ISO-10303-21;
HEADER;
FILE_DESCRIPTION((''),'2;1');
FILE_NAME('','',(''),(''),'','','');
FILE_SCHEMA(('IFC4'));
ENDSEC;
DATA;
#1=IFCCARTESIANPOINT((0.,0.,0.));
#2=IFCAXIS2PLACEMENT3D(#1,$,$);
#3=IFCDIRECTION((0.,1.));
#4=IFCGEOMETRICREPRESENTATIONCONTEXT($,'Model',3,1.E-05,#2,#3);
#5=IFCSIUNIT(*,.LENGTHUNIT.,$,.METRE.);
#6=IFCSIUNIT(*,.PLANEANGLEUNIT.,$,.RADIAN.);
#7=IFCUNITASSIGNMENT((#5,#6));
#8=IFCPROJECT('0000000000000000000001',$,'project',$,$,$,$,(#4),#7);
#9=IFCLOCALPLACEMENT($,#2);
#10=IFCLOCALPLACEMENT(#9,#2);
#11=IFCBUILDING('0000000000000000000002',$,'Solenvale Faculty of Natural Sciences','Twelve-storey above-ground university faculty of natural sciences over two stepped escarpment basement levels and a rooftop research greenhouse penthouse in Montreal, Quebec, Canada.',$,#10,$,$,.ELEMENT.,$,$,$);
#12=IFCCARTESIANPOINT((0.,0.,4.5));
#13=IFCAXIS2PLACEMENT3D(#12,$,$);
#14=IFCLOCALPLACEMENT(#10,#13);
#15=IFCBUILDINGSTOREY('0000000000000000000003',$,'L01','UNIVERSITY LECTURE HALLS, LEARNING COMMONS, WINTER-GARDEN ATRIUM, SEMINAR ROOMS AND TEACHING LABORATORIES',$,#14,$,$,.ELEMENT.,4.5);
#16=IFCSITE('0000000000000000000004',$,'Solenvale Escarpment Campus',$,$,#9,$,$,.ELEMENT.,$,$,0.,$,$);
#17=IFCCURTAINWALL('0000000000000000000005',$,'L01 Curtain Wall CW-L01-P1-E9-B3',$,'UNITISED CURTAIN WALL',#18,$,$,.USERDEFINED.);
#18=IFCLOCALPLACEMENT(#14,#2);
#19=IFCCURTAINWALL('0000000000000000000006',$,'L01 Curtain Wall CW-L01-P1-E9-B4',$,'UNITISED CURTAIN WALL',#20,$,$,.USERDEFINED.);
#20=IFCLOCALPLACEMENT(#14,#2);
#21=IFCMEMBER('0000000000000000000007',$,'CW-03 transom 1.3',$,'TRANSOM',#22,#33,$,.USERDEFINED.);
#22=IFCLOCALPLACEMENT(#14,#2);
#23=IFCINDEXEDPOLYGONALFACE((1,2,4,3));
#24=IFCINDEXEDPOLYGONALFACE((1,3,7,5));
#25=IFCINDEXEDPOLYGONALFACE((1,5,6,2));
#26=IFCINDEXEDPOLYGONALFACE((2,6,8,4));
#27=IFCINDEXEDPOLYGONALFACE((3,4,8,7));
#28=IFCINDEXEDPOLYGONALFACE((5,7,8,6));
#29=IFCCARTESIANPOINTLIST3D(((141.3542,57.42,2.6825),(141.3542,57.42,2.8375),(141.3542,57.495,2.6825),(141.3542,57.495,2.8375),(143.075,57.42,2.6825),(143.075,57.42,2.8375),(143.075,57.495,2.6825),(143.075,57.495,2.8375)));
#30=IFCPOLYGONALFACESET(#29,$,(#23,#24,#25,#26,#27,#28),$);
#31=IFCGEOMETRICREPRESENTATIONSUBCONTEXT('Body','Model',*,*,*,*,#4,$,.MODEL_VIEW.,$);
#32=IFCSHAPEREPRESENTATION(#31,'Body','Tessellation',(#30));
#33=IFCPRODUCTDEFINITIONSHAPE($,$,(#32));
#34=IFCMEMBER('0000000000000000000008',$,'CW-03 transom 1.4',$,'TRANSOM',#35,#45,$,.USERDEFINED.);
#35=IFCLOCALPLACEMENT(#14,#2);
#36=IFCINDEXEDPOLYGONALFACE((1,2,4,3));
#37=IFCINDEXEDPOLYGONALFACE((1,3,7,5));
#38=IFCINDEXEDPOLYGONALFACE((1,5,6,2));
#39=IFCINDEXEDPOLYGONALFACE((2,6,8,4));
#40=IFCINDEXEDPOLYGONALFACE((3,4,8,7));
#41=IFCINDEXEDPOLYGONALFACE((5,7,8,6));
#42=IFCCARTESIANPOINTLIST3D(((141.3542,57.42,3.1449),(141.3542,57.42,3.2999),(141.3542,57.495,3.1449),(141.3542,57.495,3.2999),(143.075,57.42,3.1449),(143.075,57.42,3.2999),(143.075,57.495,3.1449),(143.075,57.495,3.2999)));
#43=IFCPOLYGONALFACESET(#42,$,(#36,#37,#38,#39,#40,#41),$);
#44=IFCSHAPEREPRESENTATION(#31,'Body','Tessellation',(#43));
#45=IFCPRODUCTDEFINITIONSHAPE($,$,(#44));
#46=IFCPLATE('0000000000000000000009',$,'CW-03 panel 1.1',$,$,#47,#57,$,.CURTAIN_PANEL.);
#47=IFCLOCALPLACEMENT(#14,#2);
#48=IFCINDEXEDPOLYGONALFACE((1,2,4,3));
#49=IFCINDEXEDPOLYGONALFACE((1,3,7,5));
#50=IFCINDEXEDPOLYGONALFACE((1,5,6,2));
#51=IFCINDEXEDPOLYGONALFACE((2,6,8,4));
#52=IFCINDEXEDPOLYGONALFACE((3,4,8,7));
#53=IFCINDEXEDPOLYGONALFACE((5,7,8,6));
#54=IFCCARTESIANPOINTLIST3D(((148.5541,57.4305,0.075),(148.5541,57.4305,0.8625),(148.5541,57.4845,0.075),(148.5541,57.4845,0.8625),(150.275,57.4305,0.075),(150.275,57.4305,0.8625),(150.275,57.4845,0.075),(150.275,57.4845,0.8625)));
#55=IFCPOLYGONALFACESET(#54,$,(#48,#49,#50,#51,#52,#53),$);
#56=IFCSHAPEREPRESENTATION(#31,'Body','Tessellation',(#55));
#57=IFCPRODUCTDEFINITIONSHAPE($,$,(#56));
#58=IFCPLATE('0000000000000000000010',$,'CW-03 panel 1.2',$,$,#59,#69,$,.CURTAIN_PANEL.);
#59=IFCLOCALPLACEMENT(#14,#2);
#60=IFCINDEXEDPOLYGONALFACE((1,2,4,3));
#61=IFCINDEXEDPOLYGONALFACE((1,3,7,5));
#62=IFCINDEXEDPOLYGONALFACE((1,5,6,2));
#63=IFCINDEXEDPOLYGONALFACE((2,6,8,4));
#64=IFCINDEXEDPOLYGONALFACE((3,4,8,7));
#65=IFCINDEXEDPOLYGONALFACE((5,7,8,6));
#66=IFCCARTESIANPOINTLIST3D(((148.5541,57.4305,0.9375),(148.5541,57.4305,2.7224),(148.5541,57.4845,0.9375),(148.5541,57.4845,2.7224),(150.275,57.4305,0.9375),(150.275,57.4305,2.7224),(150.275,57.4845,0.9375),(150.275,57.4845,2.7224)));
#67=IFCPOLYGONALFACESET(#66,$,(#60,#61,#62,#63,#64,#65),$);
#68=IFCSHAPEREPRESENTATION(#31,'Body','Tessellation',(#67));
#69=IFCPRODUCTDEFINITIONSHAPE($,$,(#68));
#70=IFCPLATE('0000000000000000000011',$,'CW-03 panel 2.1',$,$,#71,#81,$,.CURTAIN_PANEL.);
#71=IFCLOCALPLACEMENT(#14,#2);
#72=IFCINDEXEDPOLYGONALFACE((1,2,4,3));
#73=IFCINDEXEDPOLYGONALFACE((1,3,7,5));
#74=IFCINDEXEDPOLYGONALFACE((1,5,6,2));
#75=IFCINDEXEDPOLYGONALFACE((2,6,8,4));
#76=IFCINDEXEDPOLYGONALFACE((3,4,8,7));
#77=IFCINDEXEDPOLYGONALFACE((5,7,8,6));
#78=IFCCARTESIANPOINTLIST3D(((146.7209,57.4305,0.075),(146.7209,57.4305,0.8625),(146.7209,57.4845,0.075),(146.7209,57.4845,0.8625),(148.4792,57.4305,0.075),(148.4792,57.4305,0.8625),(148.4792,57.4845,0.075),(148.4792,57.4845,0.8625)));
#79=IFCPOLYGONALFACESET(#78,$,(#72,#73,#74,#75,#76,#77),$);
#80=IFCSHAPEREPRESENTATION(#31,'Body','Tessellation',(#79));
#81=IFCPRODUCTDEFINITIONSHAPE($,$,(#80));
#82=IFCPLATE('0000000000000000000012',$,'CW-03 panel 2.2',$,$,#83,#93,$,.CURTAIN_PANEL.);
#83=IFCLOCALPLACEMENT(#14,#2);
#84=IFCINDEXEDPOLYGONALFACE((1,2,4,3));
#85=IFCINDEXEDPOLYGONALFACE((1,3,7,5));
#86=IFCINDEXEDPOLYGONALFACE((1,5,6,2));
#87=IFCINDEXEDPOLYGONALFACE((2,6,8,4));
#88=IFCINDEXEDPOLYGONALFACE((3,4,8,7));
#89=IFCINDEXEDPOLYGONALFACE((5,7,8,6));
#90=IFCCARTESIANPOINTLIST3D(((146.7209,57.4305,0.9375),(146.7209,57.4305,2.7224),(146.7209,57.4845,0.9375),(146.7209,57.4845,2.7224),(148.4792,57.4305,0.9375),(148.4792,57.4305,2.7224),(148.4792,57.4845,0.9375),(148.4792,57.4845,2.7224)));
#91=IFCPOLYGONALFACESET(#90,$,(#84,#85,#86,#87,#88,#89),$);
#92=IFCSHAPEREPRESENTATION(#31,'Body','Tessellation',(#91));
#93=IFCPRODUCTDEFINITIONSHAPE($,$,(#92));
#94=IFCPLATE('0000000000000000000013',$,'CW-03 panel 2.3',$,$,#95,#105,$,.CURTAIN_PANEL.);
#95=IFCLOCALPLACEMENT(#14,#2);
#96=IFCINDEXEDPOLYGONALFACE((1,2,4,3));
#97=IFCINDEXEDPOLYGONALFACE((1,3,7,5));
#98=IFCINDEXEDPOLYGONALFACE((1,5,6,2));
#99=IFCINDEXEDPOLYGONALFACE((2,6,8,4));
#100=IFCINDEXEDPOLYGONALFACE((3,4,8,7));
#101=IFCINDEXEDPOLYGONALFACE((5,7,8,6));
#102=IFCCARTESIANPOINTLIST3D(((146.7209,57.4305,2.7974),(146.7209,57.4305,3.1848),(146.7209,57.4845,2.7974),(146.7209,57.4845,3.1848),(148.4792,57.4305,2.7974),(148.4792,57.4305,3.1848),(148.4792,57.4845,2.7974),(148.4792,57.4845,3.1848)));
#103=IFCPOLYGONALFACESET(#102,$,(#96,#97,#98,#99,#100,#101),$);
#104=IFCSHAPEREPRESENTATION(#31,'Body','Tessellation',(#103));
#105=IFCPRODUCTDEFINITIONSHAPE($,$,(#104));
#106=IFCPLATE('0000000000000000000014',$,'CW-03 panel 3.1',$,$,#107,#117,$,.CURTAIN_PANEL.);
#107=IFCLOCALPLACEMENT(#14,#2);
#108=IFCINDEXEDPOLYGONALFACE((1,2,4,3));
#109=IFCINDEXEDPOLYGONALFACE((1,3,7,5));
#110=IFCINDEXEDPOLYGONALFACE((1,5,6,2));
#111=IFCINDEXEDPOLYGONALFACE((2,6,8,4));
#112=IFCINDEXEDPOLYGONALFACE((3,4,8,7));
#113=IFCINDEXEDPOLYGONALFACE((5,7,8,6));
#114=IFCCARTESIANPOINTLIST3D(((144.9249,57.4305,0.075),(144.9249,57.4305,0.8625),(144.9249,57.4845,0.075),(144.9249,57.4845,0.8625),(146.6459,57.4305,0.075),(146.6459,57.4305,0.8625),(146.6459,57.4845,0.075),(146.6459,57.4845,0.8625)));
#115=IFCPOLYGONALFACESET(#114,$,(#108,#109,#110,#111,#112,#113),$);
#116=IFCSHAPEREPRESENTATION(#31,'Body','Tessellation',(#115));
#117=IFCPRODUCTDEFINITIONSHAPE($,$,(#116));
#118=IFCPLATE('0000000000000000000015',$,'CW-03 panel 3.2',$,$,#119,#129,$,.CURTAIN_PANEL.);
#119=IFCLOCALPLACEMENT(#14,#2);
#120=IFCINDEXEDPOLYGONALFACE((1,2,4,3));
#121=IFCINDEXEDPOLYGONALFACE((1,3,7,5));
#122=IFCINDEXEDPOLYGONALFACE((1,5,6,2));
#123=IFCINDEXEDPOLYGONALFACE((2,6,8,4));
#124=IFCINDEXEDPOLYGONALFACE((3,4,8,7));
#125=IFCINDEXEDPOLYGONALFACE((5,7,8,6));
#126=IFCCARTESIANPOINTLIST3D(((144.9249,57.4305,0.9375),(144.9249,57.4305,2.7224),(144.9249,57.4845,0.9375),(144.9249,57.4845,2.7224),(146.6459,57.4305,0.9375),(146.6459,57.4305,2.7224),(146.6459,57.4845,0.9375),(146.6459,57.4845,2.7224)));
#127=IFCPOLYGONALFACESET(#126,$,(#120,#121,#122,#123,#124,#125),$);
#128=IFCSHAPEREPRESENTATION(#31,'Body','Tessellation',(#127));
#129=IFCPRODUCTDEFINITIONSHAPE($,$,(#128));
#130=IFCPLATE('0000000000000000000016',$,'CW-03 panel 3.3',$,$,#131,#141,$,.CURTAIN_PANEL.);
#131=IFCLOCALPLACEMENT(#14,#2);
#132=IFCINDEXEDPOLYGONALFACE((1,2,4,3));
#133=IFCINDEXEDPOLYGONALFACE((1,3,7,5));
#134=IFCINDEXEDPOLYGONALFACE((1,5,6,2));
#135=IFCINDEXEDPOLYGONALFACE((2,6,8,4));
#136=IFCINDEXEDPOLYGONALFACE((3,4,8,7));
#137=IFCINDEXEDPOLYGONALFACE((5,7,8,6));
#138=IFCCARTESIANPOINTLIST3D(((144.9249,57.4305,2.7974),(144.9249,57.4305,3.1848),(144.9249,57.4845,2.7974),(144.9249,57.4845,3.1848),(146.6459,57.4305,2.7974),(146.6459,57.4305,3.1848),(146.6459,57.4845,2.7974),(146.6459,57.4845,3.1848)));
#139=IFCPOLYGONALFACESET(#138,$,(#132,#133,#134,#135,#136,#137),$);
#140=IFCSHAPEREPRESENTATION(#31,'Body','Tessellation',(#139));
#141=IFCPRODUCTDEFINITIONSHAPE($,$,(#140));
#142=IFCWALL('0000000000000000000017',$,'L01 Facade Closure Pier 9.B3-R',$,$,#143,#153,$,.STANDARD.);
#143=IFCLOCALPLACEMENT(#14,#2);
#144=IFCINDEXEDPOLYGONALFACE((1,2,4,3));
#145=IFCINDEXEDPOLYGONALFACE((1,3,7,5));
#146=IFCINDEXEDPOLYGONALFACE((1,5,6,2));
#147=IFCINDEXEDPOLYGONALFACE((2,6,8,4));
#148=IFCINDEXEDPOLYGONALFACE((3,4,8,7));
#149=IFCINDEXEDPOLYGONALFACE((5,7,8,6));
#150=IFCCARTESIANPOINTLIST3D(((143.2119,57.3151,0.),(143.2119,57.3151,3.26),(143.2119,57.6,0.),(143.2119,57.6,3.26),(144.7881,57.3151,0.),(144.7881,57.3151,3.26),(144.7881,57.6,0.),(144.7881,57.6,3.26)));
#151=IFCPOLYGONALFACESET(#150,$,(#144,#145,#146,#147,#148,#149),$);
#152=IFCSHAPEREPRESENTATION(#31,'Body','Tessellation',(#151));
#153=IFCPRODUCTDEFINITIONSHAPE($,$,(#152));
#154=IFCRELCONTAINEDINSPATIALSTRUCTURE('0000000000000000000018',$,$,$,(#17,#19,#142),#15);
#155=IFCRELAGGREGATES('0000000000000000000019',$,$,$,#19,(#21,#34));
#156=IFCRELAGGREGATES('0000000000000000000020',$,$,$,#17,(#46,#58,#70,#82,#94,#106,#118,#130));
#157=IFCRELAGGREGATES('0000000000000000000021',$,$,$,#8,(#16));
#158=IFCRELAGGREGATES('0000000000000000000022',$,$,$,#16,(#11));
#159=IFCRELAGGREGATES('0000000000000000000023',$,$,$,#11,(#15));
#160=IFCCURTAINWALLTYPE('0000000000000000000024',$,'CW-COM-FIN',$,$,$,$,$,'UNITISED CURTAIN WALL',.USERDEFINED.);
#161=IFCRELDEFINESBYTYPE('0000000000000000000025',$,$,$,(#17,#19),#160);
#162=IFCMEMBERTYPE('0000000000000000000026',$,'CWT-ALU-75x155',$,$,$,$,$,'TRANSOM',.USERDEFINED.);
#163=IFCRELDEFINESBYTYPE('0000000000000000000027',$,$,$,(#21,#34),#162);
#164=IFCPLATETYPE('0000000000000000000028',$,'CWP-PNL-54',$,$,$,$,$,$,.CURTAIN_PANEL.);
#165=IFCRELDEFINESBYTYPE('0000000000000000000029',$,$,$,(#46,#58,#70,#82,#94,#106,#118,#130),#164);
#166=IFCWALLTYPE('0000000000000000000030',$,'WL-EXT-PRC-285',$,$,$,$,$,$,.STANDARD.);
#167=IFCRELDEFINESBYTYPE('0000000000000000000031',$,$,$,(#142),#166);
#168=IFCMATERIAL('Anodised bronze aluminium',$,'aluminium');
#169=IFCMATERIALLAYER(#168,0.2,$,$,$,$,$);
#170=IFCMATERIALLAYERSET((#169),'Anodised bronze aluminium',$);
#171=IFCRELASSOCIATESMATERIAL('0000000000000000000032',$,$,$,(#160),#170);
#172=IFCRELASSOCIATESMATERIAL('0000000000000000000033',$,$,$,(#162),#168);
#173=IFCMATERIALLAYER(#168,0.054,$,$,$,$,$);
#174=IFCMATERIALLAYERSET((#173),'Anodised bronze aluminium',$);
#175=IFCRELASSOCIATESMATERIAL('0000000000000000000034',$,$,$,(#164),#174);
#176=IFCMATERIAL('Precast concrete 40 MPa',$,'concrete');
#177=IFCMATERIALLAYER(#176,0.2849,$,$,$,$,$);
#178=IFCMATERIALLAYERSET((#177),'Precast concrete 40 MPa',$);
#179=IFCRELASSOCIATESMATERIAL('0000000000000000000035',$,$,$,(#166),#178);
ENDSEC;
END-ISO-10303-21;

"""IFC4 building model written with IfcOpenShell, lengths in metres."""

from ifc_helpers import new_model, si_unit, direction, frame, frame_2d, origin, origin_2d, place, context, subcontext, project, spatial, rectangle, extrude, material, layer, layer_set, material_profile, profile_set, type_object, element, aggregate, save


model = new_model("IFC4")

# Units and contexts
model_context = context("Model", 3, precision=1e-05, world=origin(), true_north=direction((0.0, 1.0)))
body_context = subcontext(model_context, "Body", "Model", "MODEL_VIEW")
ifc_project = project(units=[si_unit("LENGTHUNIT", "METRE"), si_unit("PLANEANGLEUNIT", "RADIAN")], contexts=[model_context])

# Site, building, storey
site_placement = place(None, origin())
site = spatial("IfcSite", under=ifc_project, at=site_placement, Name="Solenvale Escarpment Campus", CompositionType="ELEMENT", RefElevation=0.0)
building_placement = place(site_placement, origin())
building = spatial("IfcBuilding", under=site, at=building_placement, Name="Solenvale Faculty of Natural Sciences", Description="Twelve-storey above-ground university faculty of natural sciences over two stepped escarpment basement levels and a rooftop research greenhouse penthouse in Montreal, Quebec, Canada.", CompositionType="ELEMENT")
storey_placement = place(building_placement, frame((0.0, 0.0, 4.5)))
storey = spatial("IfcBuildingStorey", under=building, at=storey_placement, Name="L01", Description="UNIVERSITY LECTURE HALLS, LEARNING COMMONS, WINTER-GARDEN ATRIUM, SEMINAR ROOMS AND TEACHING LABORATORIES", CompositionType="ELEMENT", Elevation=4.5)

# Curtain wall
ifc_material_1 = material(Name="Anodised bronze aluminium", Category="aluminium")
ifc_layer_1 = layer(ifc_material_1, 0.2)
ifc_layer_set_1 = layer_set([ifc_layer_1], Name="Anodised bronze aluminium")
curtain_wall_type = type_object("IfcCurtainWallType", Name="CW-COM-FIN", ElementType="UNITISED CURTAIN WALL", PredefinedType="USERDEFINED", material=ifc_layer_set_1)
curtain_wall_1_placement = place(storey_placement, origin())
curtain_wall_1 = element("IfcCurtainWall", 1, at=curtain_wall_1_placement, inside=storey, type_object=curtain_wall_type, Name="L01 Curtain Wall CW-L01-P1-E9-B3", ObjectType="UNITISED CURTAIN WALL", PredefinedType="USERDEFINED")

# Curtain wall
curtain_wall_2_placement = place(storey_placement, origin())
curtain_wall_2 = element("IfcCurtainWall", 2, at=curtain_wall_2_placement, inside=storey, type_object=curtain_wall_type, Name="L01 Curtain Wall CW-L01-P1-E9-B4", ObjectType="UNITISED CURTAIN WALL", PredefinedType="USERDEFINED")

# Members
ifc_material_profile_1 = material_profile(ifc_material_1, rectangle(XDim=0.075, YDim=0.155, at=origin_2d()), Name="ALU-TRN-75x155")
ifc_profile_set_1 = profile_set([ifc_material_profile_1], Name="Anodised bronze aluminium")
member_type_1 = type_object("IfcMemberType", Name="CWT-ALU-75x155", ElementType="TRANSOM", PredefinedType="USERDEFINED", material=ifc_profile_set_1)
member_1_placement = place(storey_placement, frame((143.075, 57.4575, 2.76), z_axis=(-1.0, 0.0, 0.0), x_axis=(0.0, -1.0, 0.0)))
member_1 = element("IfcMember", 3, at=member_1_placement, type_object=member_type_1, Name="CW-03 transom 1.3", ObjectType="TRANSOM", PredefinedType="USERDEFINED", context=body_context, shape_type="SweptSolid", body=[
    extrude(rectangle(XDim=0.075, YDim=0.155, at=origin_2d()), origin(), (0.0, 0.0, 1.0), 1.7207),
])
member_2_placement = place(storey_placement, frame((143.075, 57.4575, 3.2224), z_axis=(-1.0, 0.0, 0.0), x_axis=(0.0, -1.0, 0.0)))
member_2 = element("IfcMember", 4, at=member_2_placement, type_object=member_type_1, Name="CW-03 transom 1.4", ObjectType="TRANSOM", PredefinedType="USERDEFINED", context=body_context, shape_type="SweptSolid", body=[
    extrude(rectangle(XDim=0.075, YDim=0.155, at=origin_2d()), origin(), (0.0, 0.0, 1.0), 1.7207),
])
aggregate(curtain_wall_2, [member_1, member_2])

# Plates
ifc_layer_2 = layer(ifc_material_1, 0.054)
ifc_layer_set_2 = layer_set([ifc_layer_2], Name="Anodised bronze aluminium")
plate_type = type_object("IfcPlateType", Name="CWP-PNL-54", PredefinedType="CURTAIN_PANEL", material=ifc_layer_set_2)
plate_1_placement = place(storey_placement, frame((149.4146, 57.4575, 0.075), z_axis=(0.0, 0.0, 1.0), x_axis=(-1.0, 0.0, 0.0)))
plate_1 = element("IfcPlate", 5, at=plate_1_placement, type_object=plate_type, Name="CW-03 panel 1.1", PredefinedType="CURTAIN_PANEL", context=body_context, shape_type="SweptSolid", body=[
    extrude(rectangle(XDim=1.7209, YDim=0.054, at=origin_2d()), origin(), (0.0, 0.0, 1.0), 0.7876),
])
plate_2_placement = place(storey_placement, frame((149.4146, 57.4575, 0.9375), z_axis=(0.0, 0.0, 1.0), x_axis=(-1.0, 0.0, 0.0)))
plate_2 = element("IfcPlate", 6, at=plate_2_placement, type_object=plate_type, Name="CW-03 panel 1.2", PredefinedType="CURTAIN_PANEL", context=body_context, shape_type="SweptSolid", body=[
    extrude(rectangle(XDim=1.7209, YDim=0.054, at=origin_2d()), origin(), (0.0, 0.0, 1.0), 1.7849),
])
plate_3_placement = place(storey_placement, frame((147.6001, 57.4575, 0.075), z_axis=(0.0, 0.0, 1.0), x_axis=(-1.0, 0.0, 0.0)))
plate_3 = element("IfcPlate", 7, at=plate_3_placement, type_object=plate_type, Name="CW-03 panel 2.1", PredefinedType="CURTAIN_PANEL", context=body_context, shape_type="SweptSolid", body=[
    extrude(rectangle(XDim=1.7583, YDim=0.054, at=origin_2d()), origin(), (0.0, 0.0, 1.0), 0.7876),
])
plate_4_placement = place(storey_placement, frame((147.6001, 57.4575, 0.9375), z_axis=(0.0, 0.0, 1.0), x_axis=(-1.0, 0.0, 0.0)))
plate_4 = element("IfcPlate", 8, at=plate_4_placement, type_object=plate_type, Name="CW-03 panel 2.2", PredefinedType="CURTAIN_PANEL", context=body_context, shape_type="SweptSolid", body=[
    extrude(rectangle(XDim=1.7583, YDim=0.054, at=origin_2d()), origin(), (0.0, 0.0, 1.0), 1.7849),
])
plate_5_placement = place(storey_placement, frame((147.6001, 57.4575, 2.7974), z_axis=(0.0, 0.0, 1.0), x_axis=(-1.0, 0.0, 0.0)))
plate_5 = element("IfcPlate", 9, at=plate_5_placement, type_object=plate_type, Name="CW-03 panel 2.3", PredefinedType="CURTAIN_PANEL", context=body_context, shape_type="SweptSolid", body=[
    extrude(rectangle(XDim=1.7583, YDim=0.054, at=origin_2d()), origin(), (0.0, 0.0, 1.0), 0.3875),
])
plate_6_placement = place(storey_placement, frame((145.7854, 57.4575, 0.075), z_axis=(0.0, 0.0, 1.0), x_axis=(-1.0, 0.0, 0.0)))
plate_6 = element("IfcPlate", 10, at=plate_6_placement, type_object=plate_type, Name="CW-03 panel 3.1", PredefinedType="CURTAIN_PANEL", context=body_context, shape_type="SweptSolid", body=[
    extrude(rectangle(XDim=1.7209, YDim=0.054, at=origin_2d()), origin(), (0.0, 0.0, 1.0), 0.7876),
])
plate_7_placement = place(storey_placement, frame((145.7854, 57.4575, 0.9375), z_axis=(0.0, 0.0, 1.0), x_axis=(-1.0, 0.0, 0.0)))
plate_7 = element("IfcPlate", 11, at=plate_7_placement, type_object=plate_type, Name="CW-03 panel 3.2", PredefinedType="CURTAIN_PANEL", context=body_context, shape_type="SweptSolid", body=[
    extrude(rectangle(XDim=1.7209, YDim=0.054, at=origin_2d()), origin(), (0.0, 0.0, 1.0), 1.7849),
])
plate_8_placement = place(storey_placement, frame((145.7854, 57.4575, 2.7974), z_axis=(0.0, 0.0, 1.0), x_axis=(-1.0, 0.0, 0.0)))
plate_8 = element("IfcPlate", 12, at=plate_8_placement, type_object=plate_type, Name="CW-03 panel 3.3", PredefinedType="CURTAIN_PANEL", context=body_context, shape_type="SweptSolid", body=[
    extrude(rectangle(XDim=1.7209, YDim=0.054, at=origin_2d()), origin(), (0.0, 0.0, 1.0), 0.3875),
])
aggregate(curtain_wall_1, [plate_1, plate_2, plate_3, plate_4, plate_5, plate_6, plate_7, plate_8])

# Wall
ifc_material_2 = material(Name="Precast concrete 40 MPa", Category="concrete")
ifc_layer_3 = layer(ifc_material_2, 0.2849)
ifc_layer_set_3 = layer_set([ifc_layer_3], Name="Precast concrete 40 MPa")
wall_type = type_object("IfcWallType", Name="WL-EXT-PRC-285", PredefinedType="STANDARD", material=ifc_layer_set_3)
wall_placement = place(storey_placement, frame((144.7881, 57.4575, 0.0), z_axis=(0.0, 0.0, 1.0), x_axis=(-1.0, 0.0, 0.0)))
element("IfcWall", 13, at=wall_placement, inside=storey, type_object=wall_type, Name="L01 Facade Closure Pier 9.B3-R", PredefinedType="STANDARD", context=body_context, shape_type="SweptSolid", body=[
    extrude(rectangle(XDim=1.5762, YDim=0.2849, at=frame_2d((0.7881, 0.0))), origin(), (0.0, 0.0, 1.0), 3.26),
])

save(model, "model.ifc")
